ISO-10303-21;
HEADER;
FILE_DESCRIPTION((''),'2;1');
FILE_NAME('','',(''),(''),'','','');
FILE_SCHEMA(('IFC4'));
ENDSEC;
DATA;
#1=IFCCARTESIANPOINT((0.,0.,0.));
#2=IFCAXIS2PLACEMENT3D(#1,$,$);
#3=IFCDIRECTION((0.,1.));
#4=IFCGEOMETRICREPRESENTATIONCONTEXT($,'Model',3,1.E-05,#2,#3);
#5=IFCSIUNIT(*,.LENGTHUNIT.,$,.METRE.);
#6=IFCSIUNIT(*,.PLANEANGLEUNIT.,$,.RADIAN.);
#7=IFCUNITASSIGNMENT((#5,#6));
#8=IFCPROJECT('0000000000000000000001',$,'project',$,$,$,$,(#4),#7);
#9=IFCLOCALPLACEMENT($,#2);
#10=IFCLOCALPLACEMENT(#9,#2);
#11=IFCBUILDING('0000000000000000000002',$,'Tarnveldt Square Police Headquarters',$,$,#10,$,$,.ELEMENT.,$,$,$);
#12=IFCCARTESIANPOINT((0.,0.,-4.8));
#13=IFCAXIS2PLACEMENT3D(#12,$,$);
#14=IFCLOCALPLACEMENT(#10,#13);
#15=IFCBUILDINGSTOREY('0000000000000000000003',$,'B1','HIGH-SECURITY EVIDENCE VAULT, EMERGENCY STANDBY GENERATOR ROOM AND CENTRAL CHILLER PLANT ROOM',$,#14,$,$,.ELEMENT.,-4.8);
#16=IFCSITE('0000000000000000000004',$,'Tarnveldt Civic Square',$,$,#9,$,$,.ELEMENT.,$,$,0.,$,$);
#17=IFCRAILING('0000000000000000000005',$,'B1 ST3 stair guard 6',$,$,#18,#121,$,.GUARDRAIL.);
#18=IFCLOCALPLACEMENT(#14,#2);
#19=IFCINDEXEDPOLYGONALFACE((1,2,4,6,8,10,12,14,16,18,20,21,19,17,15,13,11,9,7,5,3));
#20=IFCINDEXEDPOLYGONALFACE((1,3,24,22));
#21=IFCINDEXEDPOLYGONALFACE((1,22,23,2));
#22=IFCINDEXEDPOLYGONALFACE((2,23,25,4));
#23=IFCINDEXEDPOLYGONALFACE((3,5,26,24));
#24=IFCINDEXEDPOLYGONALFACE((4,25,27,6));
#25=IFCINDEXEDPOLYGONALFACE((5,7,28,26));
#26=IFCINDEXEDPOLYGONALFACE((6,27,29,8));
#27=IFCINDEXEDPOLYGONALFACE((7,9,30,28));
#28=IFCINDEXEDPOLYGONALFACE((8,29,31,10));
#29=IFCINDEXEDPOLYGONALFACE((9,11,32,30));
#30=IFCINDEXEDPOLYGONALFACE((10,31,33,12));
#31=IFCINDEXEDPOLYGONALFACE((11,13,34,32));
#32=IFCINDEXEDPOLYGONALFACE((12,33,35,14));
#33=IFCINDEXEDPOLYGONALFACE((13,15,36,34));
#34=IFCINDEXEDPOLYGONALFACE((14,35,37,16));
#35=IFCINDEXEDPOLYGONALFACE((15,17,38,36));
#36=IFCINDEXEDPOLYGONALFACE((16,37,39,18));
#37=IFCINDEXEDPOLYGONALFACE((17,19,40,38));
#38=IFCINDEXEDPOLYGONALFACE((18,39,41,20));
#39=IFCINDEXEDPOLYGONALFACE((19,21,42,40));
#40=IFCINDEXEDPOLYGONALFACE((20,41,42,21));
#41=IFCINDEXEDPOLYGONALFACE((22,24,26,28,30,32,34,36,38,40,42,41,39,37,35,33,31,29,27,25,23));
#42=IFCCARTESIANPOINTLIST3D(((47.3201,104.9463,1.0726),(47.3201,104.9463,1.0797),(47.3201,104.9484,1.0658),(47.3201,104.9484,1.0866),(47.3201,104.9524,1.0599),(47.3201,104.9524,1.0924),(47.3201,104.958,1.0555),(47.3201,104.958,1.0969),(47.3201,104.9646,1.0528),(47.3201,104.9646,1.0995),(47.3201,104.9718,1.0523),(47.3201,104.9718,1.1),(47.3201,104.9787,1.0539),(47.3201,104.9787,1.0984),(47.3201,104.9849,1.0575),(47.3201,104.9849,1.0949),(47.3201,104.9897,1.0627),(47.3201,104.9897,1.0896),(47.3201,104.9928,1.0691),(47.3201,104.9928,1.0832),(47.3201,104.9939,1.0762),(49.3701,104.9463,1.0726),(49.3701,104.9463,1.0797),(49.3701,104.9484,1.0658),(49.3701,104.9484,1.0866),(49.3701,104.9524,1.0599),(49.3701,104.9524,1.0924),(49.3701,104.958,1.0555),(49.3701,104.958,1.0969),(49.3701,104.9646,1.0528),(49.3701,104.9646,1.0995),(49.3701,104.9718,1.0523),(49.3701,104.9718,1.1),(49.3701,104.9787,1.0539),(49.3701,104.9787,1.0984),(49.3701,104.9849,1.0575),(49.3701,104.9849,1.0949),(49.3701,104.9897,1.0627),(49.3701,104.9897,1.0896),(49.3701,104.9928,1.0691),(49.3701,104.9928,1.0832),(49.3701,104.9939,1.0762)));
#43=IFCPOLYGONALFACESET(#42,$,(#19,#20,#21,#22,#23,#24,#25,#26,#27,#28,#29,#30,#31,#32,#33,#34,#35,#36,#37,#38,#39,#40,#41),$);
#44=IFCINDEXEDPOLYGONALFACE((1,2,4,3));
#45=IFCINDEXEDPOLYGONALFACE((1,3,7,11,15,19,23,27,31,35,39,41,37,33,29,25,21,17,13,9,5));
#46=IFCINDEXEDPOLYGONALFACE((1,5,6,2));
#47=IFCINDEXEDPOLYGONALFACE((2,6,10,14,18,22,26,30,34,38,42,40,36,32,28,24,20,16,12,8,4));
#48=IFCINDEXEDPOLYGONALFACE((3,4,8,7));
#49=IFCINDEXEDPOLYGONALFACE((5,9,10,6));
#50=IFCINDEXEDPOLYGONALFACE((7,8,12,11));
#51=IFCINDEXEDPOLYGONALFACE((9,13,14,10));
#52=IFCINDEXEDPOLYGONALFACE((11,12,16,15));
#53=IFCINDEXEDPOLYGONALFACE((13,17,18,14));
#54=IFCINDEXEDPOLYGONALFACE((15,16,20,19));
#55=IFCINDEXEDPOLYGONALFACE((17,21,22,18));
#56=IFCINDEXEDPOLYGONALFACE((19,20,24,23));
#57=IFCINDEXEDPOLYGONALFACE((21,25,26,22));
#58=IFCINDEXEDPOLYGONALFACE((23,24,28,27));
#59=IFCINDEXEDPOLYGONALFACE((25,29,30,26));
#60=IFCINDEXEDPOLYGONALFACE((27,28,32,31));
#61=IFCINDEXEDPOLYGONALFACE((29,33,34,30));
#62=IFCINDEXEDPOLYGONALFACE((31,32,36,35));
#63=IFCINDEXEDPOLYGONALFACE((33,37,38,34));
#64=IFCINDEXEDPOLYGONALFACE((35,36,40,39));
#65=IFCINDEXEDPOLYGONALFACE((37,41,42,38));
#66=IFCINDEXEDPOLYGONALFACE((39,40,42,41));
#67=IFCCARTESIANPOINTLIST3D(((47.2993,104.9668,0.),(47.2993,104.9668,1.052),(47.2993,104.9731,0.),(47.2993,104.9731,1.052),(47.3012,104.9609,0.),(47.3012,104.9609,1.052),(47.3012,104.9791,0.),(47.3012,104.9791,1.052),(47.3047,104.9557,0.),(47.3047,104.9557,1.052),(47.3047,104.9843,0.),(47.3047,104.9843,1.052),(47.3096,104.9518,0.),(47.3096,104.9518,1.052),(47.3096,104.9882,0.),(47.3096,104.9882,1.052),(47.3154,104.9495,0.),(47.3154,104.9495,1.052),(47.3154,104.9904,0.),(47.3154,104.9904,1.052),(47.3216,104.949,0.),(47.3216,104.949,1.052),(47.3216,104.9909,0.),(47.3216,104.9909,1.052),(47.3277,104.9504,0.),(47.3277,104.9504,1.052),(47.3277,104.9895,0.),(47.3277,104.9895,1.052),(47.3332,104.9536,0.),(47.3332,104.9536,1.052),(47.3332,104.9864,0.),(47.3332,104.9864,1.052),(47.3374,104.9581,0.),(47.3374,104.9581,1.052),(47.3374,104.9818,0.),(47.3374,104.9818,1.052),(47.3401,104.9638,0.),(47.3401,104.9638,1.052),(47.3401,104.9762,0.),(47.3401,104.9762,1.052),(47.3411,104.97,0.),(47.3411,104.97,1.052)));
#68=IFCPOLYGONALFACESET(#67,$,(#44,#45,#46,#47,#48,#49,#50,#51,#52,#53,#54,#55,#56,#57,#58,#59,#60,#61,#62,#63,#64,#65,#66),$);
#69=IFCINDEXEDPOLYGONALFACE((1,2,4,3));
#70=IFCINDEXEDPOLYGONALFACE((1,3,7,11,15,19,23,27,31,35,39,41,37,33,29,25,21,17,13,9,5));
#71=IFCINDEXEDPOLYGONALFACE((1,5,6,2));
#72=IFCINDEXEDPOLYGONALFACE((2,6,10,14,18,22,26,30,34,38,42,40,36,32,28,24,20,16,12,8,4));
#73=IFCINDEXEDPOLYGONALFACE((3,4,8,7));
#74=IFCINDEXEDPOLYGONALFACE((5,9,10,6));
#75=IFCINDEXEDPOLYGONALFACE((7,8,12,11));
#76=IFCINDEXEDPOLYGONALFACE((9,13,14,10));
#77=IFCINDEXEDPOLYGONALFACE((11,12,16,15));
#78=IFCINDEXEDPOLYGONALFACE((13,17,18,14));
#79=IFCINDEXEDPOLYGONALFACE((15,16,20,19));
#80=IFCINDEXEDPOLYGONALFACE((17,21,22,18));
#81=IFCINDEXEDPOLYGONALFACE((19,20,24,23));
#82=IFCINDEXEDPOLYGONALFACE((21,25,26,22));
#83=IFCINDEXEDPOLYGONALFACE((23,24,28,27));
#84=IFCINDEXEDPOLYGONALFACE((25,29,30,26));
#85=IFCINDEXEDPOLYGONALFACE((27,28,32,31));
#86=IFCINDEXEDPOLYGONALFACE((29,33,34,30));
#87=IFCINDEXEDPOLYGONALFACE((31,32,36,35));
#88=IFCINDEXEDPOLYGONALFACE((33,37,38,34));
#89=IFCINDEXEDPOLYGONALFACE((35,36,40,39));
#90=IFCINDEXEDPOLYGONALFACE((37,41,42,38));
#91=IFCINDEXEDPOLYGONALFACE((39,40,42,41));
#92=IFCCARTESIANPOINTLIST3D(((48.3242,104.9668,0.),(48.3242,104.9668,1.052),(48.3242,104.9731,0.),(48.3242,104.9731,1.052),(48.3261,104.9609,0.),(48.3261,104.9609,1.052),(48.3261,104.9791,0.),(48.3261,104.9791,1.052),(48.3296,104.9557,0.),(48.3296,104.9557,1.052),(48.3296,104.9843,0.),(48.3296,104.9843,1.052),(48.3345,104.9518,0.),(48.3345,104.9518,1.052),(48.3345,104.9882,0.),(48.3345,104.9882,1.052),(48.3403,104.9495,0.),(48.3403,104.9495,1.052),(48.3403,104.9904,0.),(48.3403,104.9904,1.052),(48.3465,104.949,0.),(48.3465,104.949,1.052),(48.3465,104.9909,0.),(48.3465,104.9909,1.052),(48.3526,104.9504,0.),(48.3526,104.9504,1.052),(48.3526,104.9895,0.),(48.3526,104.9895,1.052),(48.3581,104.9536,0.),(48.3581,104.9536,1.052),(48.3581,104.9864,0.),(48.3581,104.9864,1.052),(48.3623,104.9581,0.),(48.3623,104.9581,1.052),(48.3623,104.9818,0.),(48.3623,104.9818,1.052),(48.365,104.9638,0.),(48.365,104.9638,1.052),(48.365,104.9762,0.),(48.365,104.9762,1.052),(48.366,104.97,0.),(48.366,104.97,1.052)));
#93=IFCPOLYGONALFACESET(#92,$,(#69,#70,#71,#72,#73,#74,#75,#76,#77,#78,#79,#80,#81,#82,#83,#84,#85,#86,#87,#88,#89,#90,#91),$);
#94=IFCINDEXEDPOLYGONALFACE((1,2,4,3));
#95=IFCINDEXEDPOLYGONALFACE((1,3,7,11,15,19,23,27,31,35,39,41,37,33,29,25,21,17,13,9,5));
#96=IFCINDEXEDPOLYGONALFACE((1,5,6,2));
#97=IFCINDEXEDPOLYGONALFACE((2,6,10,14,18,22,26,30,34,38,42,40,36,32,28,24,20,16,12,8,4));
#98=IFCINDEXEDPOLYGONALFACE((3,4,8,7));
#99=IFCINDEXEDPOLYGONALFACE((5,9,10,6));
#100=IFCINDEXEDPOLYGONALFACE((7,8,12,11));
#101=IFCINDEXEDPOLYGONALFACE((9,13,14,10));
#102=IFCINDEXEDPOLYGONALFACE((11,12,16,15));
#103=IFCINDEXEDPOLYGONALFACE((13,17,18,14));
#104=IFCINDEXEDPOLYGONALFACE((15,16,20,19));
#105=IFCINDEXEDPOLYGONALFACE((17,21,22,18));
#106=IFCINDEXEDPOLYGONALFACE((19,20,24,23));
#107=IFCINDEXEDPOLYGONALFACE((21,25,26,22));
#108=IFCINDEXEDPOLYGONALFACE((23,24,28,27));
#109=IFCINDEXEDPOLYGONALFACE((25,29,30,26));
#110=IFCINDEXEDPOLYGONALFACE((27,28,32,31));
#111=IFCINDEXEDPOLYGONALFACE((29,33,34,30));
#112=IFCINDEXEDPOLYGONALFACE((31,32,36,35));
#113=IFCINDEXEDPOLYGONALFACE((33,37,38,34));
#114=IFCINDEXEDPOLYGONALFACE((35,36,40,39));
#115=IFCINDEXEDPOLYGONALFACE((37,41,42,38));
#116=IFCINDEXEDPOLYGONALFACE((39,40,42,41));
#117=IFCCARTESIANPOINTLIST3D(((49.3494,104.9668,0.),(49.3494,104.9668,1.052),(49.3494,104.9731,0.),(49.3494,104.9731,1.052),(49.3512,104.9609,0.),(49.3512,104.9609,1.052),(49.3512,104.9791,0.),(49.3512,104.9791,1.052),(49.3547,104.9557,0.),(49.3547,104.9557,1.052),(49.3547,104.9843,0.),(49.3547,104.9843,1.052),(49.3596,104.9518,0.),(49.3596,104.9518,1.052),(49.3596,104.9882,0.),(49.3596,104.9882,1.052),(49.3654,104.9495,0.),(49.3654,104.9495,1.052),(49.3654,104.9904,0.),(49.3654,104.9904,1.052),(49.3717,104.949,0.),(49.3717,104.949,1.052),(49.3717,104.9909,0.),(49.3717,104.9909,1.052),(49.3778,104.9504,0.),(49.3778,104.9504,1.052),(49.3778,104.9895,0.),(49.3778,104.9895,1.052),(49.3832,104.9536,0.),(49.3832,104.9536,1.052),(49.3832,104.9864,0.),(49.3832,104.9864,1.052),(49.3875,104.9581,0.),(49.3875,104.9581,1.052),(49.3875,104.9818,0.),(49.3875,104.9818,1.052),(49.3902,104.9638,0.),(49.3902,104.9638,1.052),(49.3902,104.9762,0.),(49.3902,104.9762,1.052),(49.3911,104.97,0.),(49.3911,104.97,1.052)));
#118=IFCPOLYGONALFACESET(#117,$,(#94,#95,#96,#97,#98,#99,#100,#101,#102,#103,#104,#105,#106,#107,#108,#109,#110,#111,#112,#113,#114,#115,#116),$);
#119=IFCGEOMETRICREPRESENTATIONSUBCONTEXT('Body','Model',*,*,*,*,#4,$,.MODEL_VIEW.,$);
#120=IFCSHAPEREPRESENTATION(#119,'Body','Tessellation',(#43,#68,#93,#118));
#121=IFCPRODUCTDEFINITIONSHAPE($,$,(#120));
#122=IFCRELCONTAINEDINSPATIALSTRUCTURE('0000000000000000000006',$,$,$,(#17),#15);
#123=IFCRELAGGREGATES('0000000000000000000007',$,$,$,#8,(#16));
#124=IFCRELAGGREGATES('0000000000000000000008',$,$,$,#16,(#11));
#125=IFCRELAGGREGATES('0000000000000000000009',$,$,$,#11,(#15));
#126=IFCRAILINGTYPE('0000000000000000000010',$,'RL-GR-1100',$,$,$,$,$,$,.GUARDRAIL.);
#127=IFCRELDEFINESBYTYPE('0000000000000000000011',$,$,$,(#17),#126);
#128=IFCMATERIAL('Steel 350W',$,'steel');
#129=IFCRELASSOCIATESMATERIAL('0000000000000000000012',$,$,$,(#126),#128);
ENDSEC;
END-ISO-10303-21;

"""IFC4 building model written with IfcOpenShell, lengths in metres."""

from ifc_helpers import new_model, si_unit, direction, frame, origin, origin_2d, place, context, subcontext, project, spatial, circle, extrude, material, type_object, element, save


model = new_model("IFC4")

# Units and contexts
model_context = context("Model", 3, precision=1e-05, world=origin(), true_north=direction((0.0, 1.0)))
body_context = subcontext(model_context, "Body", "Model", "MODEL_VIEW")
ifc_project = project(units=[si_unit("LENGTHUNIT", "METRE"), si_unit("PLANEANGLEUNIT", "RADIAN")], contexts=[model_context])

# Site, building, storey
site_placement = place(None, origin())
site = spatial("IfcSite", under=ifc_project, at=site_placement, Name="Tarnveldt Civic Square", CompositionType="ELEMENT", RefElevation=0.0)
building_placement = place(site_placement, origin())
building = spatial("IfcBuilding", under=site, at=building_placement, Name="Tarnveldt Square Police Headquarters", CompositionType="ELEMENT")
storey_placement = place(building_placement, frame((0.0, 0.0, -4.8)))
storey = spatial("IfcBuildingStorey", under=building, at=storey_placement, Name="B1", Description="HIGH-SECURITY EVIDENCE VAULT, EMERGENCY STANDBY GENERATOR ROOM AND CENTRAL CHILLER PLANT ROOM", CompositionType="ELEMENT", Elevation=-4.8)

# Shared definitions
ifc_material_1 = material(Name="Steel 350W", Category="steel")

# Railing
railing_type = type_object("IfcRailingType", Name="RL-GR-1100", PredefinedType="GUARDRAIL", material=ifc_material_1)
railing_placement = place(storey_placement, frame((47.3201, 104.97, 0.0)))
element("IfcRailing", 1, at=railing_placement, inside=storey, type_object=railing_type, Name="B1 ST3 stair guard 6", PredefinedType="GUARDRAIL", context=body_context, shape_type="SweptSolid", body=[
    extrude(circle(Radius=0.0239, at=origin_2d()), frame((0.0, 0.0, 1.0762), z_axis=(1.0, 0.0, 0.0), x_axis=(0.0, 1.0, 0.0)), (0.0, 0.0, 1.0), 2.05),
    extrude(circle(Radius=0.021, at=origin_2d()), origin(), (0.0, 0.0, 1.0), 1.052),
    extrude(circle(Radius=0.021, at=origin_2d()), frame((1.0249, 0.0, 0.0)), (0.0, 0.0, 1.0), 1.052),
    extrude(circle(Radius=0.021, at=origin_2d()), frame((2.05, 0.0, 0.0)), (0.0, 0.0, 1.0), 1.052),
])

save(model, "model.ifc")
